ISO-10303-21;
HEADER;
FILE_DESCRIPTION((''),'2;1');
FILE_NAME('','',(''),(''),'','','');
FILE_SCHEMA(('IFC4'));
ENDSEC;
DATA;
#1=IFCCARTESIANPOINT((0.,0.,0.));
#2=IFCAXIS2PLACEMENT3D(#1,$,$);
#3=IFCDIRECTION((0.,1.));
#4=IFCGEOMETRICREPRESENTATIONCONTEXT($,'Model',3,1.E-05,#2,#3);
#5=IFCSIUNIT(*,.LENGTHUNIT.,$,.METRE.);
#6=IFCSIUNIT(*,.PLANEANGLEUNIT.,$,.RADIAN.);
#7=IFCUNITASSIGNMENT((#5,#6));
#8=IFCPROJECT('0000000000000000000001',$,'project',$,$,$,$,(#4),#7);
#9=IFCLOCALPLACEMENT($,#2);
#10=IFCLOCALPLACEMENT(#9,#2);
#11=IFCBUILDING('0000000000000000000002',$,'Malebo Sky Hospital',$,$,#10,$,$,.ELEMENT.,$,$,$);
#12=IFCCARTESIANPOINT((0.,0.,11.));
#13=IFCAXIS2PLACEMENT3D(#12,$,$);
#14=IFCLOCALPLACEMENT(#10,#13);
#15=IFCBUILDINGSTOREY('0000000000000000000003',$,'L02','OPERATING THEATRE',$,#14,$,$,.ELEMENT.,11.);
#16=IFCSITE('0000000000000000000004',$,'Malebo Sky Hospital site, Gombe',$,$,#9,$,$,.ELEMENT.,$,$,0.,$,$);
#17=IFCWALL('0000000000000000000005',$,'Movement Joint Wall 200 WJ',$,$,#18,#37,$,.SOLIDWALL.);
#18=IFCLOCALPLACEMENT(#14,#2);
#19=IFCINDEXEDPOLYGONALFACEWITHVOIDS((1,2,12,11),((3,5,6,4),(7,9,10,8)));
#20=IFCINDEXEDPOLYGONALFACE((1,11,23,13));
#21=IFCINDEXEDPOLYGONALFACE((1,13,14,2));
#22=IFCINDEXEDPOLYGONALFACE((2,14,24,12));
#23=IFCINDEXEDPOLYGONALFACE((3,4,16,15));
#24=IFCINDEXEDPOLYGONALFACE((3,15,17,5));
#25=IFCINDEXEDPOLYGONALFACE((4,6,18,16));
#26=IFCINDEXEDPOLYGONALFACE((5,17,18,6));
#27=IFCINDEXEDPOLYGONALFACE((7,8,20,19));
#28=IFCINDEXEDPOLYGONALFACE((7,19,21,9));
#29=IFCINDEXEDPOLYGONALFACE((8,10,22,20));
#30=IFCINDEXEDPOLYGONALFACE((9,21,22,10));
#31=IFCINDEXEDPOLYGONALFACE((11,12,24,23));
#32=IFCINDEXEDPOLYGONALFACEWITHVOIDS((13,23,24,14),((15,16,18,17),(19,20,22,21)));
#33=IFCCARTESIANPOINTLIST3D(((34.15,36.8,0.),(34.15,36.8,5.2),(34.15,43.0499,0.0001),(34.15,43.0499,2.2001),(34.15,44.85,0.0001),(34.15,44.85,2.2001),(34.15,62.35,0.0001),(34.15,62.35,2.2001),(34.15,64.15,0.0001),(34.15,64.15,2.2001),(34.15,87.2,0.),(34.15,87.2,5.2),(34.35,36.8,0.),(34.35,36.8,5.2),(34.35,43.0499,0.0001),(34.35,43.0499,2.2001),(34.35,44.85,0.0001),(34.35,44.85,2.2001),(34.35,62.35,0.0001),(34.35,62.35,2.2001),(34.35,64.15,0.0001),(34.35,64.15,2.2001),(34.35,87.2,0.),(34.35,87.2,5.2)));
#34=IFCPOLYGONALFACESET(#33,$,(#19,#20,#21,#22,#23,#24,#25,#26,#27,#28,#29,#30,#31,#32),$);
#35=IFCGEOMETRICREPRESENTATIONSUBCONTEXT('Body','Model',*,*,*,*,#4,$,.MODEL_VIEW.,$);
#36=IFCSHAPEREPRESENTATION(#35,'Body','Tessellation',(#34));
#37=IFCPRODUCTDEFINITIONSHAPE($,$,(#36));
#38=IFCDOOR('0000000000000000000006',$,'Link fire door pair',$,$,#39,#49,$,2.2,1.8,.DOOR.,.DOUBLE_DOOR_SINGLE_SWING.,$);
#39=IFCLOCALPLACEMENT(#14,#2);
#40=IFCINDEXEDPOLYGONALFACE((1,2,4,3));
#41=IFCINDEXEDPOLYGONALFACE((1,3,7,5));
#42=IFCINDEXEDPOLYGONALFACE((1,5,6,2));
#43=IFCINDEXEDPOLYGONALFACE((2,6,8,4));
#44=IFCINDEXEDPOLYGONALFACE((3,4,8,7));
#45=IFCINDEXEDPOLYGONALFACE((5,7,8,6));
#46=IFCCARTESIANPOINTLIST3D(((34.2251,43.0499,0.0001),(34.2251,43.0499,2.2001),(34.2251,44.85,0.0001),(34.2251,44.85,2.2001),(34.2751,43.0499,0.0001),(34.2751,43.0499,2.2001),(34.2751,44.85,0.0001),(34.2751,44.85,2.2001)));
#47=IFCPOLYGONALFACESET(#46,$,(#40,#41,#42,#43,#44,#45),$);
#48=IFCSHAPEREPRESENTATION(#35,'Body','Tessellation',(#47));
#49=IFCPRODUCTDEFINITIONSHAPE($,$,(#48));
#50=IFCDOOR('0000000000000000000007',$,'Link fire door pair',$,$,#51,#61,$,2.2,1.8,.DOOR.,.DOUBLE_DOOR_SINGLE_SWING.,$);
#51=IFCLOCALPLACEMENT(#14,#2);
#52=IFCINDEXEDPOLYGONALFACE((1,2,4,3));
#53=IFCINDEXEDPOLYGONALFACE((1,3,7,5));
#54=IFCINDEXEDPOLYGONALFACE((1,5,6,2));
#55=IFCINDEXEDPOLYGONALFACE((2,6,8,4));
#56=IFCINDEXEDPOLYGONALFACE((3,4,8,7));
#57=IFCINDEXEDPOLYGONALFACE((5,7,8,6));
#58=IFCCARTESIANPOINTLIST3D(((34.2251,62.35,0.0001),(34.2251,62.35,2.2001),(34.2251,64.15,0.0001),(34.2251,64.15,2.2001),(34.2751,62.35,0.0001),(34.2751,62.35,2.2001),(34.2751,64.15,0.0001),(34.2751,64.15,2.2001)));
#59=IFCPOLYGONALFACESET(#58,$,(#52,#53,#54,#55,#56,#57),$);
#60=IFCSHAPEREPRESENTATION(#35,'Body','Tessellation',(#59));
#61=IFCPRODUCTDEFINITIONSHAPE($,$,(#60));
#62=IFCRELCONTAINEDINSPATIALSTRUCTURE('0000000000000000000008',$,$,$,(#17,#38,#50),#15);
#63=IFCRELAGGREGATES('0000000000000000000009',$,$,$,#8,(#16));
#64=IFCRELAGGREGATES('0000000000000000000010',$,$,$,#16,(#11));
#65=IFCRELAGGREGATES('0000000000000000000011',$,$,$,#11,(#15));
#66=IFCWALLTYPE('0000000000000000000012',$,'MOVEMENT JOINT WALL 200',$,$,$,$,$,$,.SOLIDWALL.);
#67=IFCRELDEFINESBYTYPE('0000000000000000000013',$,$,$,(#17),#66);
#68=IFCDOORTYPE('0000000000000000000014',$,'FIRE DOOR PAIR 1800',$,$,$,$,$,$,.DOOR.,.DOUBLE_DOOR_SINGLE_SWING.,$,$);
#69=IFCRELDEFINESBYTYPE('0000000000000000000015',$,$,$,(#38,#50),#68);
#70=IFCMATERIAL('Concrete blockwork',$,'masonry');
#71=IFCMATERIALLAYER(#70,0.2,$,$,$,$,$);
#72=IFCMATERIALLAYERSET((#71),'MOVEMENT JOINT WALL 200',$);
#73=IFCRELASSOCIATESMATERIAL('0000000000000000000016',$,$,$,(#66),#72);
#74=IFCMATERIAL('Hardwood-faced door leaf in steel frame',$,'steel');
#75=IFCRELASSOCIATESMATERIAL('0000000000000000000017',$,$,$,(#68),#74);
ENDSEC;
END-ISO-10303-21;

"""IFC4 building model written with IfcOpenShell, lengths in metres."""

from ifc_helpers import new_model, si_unit, direction, frame, frame_2d, origin, place, context, subcontext, project, spatial, rectangle, extrude, material, layer, layer_set, type_object, element, fill, save


model = new_model("IFC4")

# Units and contexts
model_context = context("Model", 3, precision=1e-05, world=origin(), true_north=direction((0.0, 1.0)))
body_context = subcontext(model_context, "Body", "Model", "MODEL_VIEW")
ifc_project = project(units=[si_unit("LENGTHUNIT", "METRE"), si_unit("PLANEANGLEUNIT", "RADIAN")], contexts=[model_context])

# Site, building, storey
site_placement = place(None, origin())
site = spatial("IfcSite", under=ifc_project, at=site_placement, Name="Malebo Sky Hospital site, Gombe", CompositionType="ELEMENT", RefElevation=0.0)
building_placement = place(site_placement, origin())
building = spatial("IfcBuilding", under=site, at=building_placement, Name="Malebo Sky Hospital", CompositionType="ELEMENT")
storey_placement = place(building_placement, frame((0.0, 0.0, 11.0)))
storey = spatial("IfcBuildingStorey", under=building, at=storey_placement, Name="L02", Description="OPERATING THEATRE", CompositionType="ELEMENT", Elevation=11.0)

# Wall, openings, doors
ifc_material_1 = material(Name="Concrete blockwork", Category="masonry")
ifc_layer_1 = layer(ifc_material_1, 0.2)
ifc_layer_set_1 = layer_set([ifc_layer_1], Name="MOVEMENT JOINT WALL 200")
wall_type = type_object("IfcWallType", Name="MOVEMENT JOINT WALL 200", PredefinedType="SOLIDWALL", material=ifc_layer_set_1)
wall_placement = place(storey_placement, frame((34.25, 36.8, 0.0), z_axis=(0.0, 0.0, 1.0), x_axis=(0.0, 1.0, 0.0)))
wall = element("IfcWall", 1, at=wall_placement, inside=storey, type_object=wall_type, Name="Movement Joint Wall 200 WJ", PredefinedType="SOLIDWALL", context=body_context, shape_type="SweptSolid", body=[
    extrude(rectangle(XDim=50.3999, YDim=0.2, at=frame_2d((25.2, 0.0))), origin(), (0.0, 0.0, 1.0), 5.2),
])
opening_1_placement = place(wall_placement, frame((6.25, 0.0, 0.0)))
opening_1 = element("IfcOpeningElement", 2, at=opening_1_placement, cuts=wall, PredefinedType="OPENING", context=body_context, shape_type="SweptSolid", body=[
    extrude(rectangle(XDim=1.8, YDim=2.2, at=frame_2d((0.8999, 1.1001))), frame((0.0, 0.1099, 0.0), z_axis=(0.0, -1.0, 0.0), x_axis=(1.0, 0.0, 0.0)), (0.0, 0.0, 1.0), 0.22),
])
opening_2_placement = place(wall_placement, frame((25.55, 0.0, 0.0)))
opening_2 = element("IfcOpeningElement", 3, at=opening_2_placement, cuts=wall, PredefinedType="OPENING", context=body_context, shape_type="SweptSolid", body=[
    extrude(rectangle(XDim=1.8, YDim=2.2, at=frame_2d((0.8999, 1.1001))), frame((0.0, 0.1099, 0.0), z_axis=(0.0, -1.0, 0.0), x_axis=(1.0, 0.0, 0.0)), (0.0, 0.0, 1.0), 0.22),
])
ifc_material_2 = material(Name="Hardwood-faced door leaf in steel frame", Category="steel")
door_type = type_object("IfcDoorType", Name="FIRE DOOR PAIR 1800", OperationType="DOUBLE_DOOR_SINGLE_SWING", PredefinedType="DOOR", material=ifc_material_2)
door_1_placement = place(opening_1_placement, origin())
door_1 = element("IfcDoor", 4, at=door_1_placement, inside=storey, type_object=door_type, Name="Link fire door pair", OperationType="DOUBLE_DOOR_SINGLE_SWING", OverallHeight=2.2, OverallWidth=1.8, PredefinedType="DOOR", context=body_context, shape_type="SweptSolid", body=[
    extrude(rectangle(XDim=1.8, YDim=2.2, at=frame_2d((0.8999, 1.1001))), frame((0.0, 0.0249, 0.0), z_axis=(0.0, -1.0, 0.0), x_axis=(1.0, 0.0, 0.0)), (0.0, 0.0, 1.0), 0.05),
])
fill(opening_1, door_1)
door_2_placement = place(opening_2_placement, origin())
door_2 = element("IfcDoor", 5, at=door_2_placement, inside=storey, type_object=door_type, Name="Link fire door pair", OperationType="DOUBLE_DOOR_SINGLE_SWING", OverallHeight=2.2, OverallWidth=1.8, PredefinedType="DOOR", context=body_context, shape_type="SweptSolid", body=[
    extrude(rectangle(XDim=1.8, YDim=2.2, at=frame_2d((0.8999, 1.1001))), frame((0.0, 0.0249, 0.0), z_axis=(0.0, -1.0, 0.0), x_axis=(1.0, 0.0, 0.0)), (0.0, 0.0, 1.0), 0.05),
])
fill(opening_2, door_2)

save(model, "model.ifc")
